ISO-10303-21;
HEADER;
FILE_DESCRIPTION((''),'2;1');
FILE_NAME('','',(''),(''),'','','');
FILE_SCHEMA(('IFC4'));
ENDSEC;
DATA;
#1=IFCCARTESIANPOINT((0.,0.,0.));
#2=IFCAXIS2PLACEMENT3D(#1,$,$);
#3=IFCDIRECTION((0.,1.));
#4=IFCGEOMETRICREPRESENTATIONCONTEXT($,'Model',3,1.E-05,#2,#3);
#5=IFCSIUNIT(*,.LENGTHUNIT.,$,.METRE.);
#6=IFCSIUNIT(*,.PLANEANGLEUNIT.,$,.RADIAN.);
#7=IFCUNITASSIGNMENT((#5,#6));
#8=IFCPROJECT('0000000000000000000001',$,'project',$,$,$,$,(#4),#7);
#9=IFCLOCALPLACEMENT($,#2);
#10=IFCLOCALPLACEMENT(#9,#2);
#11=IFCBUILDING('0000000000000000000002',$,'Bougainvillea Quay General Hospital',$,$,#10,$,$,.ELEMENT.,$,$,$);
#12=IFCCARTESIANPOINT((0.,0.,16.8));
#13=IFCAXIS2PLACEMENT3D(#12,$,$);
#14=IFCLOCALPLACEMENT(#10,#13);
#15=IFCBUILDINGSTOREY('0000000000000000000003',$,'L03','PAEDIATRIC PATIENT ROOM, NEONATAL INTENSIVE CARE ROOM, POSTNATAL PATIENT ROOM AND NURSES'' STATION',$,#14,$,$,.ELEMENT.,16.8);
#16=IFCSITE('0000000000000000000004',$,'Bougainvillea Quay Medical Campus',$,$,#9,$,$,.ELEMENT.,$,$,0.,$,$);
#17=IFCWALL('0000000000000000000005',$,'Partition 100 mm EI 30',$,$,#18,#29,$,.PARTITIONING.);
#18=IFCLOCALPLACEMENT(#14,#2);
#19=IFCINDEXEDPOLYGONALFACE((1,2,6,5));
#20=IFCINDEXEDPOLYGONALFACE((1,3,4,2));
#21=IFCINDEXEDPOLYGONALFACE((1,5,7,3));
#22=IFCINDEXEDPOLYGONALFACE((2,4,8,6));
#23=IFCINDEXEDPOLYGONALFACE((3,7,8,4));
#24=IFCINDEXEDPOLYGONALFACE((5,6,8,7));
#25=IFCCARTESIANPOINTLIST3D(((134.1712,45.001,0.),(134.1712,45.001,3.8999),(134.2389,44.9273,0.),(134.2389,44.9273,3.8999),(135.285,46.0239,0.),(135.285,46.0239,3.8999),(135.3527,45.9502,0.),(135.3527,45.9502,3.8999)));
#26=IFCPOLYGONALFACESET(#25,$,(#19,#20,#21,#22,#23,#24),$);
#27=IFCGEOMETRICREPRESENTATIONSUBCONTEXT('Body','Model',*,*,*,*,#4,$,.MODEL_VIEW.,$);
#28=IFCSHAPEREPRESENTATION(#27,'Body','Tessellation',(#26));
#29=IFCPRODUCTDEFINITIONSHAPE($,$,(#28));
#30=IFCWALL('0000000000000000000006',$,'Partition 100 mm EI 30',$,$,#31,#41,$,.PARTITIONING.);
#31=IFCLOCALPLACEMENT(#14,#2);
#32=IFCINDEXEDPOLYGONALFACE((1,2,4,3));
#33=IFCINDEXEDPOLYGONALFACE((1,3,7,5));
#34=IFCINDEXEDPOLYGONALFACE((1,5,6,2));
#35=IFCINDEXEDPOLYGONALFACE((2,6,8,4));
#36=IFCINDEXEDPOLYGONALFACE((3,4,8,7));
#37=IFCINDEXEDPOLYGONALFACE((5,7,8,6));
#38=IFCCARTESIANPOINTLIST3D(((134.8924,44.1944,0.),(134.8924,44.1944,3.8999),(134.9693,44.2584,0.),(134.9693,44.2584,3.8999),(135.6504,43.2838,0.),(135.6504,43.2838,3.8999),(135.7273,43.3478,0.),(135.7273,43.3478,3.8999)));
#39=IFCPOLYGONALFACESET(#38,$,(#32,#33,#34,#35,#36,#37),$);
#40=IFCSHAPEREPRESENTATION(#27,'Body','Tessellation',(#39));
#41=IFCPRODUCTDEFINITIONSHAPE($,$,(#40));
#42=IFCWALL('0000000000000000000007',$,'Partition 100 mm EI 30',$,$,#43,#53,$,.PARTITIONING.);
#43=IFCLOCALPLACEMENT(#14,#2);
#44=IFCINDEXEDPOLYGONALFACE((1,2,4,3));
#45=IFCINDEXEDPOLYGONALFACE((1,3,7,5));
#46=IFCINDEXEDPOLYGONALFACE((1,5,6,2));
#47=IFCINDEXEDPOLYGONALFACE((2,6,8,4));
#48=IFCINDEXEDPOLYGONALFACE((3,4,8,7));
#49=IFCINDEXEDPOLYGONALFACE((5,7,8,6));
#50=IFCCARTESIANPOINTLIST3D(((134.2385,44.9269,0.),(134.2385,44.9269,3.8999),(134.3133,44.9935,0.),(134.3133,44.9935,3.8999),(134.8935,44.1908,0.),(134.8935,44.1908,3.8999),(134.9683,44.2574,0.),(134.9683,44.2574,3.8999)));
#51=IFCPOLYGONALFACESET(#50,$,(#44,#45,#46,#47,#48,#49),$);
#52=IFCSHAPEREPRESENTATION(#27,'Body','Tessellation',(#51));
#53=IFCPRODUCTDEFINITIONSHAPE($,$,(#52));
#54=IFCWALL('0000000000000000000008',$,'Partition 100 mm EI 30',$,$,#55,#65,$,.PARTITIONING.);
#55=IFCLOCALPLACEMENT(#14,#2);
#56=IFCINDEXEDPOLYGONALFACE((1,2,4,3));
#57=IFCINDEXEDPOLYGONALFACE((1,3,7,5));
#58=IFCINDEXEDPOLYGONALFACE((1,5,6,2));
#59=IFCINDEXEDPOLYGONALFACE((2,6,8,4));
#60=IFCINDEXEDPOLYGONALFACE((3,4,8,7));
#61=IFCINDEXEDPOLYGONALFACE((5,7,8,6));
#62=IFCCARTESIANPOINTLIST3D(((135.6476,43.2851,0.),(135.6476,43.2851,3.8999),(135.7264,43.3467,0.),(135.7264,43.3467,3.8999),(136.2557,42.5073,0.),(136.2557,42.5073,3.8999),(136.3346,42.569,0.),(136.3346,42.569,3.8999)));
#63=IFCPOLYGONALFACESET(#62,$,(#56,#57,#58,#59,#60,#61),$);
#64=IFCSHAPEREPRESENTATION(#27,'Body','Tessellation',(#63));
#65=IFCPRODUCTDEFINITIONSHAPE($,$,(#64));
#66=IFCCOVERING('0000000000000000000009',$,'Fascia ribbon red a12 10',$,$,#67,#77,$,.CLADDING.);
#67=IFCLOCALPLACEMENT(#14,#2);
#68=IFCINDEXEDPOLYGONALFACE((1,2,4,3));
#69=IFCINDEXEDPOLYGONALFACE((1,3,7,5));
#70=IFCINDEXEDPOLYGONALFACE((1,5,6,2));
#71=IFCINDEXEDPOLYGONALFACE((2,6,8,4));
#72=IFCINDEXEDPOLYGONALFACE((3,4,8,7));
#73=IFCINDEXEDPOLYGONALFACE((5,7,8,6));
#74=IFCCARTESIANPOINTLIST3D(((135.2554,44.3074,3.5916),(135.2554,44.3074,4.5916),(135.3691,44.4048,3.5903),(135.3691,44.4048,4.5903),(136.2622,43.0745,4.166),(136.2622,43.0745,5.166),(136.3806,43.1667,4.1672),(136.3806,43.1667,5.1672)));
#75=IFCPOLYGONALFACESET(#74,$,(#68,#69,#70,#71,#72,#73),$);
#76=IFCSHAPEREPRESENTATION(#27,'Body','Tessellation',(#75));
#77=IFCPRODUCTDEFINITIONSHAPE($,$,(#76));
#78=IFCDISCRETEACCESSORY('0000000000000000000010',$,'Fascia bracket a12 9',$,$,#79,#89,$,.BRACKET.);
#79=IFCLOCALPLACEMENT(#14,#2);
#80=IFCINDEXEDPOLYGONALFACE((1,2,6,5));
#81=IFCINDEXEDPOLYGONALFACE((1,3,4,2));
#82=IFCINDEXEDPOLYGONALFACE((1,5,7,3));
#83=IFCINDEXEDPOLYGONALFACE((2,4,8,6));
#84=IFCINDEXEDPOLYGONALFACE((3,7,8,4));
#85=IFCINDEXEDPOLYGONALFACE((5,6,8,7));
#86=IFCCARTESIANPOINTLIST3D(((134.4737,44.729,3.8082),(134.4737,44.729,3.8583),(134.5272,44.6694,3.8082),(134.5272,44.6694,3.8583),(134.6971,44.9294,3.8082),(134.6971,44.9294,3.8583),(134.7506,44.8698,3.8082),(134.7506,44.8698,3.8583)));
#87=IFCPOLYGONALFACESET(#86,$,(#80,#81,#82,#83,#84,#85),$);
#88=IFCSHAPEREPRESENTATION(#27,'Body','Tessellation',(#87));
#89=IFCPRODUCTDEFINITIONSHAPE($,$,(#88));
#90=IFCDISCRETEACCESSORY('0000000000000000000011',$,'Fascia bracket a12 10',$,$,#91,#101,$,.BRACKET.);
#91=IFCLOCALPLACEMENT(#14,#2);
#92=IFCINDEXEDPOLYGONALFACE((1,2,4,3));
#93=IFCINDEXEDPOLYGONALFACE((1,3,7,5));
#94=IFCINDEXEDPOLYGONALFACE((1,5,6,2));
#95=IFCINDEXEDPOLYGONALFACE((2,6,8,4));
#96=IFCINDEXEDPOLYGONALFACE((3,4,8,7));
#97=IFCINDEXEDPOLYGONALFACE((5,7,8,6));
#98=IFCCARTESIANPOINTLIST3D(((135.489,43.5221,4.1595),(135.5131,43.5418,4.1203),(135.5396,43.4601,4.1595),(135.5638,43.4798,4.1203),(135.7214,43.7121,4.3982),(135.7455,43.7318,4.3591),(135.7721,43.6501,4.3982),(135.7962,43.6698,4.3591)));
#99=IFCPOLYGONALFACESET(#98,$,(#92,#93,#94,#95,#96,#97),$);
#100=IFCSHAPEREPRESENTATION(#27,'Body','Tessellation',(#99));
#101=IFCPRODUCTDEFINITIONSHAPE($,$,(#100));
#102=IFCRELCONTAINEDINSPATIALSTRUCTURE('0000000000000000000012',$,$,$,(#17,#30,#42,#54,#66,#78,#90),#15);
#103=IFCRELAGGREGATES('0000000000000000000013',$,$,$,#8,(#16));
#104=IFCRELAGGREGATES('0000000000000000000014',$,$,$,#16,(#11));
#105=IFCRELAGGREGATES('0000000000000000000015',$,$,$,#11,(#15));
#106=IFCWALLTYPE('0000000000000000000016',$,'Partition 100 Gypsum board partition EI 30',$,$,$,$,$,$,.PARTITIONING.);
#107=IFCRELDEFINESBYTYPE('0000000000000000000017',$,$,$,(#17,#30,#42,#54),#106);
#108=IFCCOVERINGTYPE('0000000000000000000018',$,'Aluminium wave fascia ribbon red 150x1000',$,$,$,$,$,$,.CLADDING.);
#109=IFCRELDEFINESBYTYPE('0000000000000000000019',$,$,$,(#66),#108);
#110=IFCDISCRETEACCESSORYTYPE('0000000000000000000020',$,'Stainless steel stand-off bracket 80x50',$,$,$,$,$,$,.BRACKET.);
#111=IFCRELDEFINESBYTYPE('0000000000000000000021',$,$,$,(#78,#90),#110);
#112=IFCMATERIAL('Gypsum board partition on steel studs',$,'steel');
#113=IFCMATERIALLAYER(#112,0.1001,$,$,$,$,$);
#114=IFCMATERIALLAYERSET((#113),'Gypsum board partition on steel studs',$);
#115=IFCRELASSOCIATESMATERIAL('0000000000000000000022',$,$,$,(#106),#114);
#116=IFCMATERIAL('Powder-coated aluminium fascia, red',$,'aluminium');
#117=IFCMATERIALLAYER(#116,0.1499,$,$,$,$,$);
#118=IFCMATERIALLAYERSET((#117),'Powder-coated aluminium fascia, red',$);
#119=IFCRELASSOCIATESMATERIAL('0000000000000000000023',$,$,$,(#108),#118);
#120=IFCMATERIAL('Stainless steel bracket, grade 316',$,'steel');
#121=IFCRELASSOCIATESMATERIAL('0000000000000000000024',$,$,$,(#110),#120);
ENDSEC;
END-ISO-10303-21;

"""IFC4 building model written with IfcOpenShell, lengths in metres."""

from ifc_helpers import new_model, si_unit, direction, frame, frame_2d, origin, origin_2d, place, context, subcontext, project, spatial, polyline, rectangle, outline, extrude, material, layer, layer_set, material_profile, profile_set, type_object, element, save


model = new_model("IFC4")

# Units and contexts
model_context = context("Model", 3, precision=1e-05, world=origin(), true_north=direction((0.0, 1.0)))
body_context = subcontext(model_context, "Body", "Model", "MODEL_VIEW")
ifc_project = project(units=[si_unit("LENGTHUNIT", "METRE"), si_unit("PLANEANGLEUNIT", "RADIAN")], contexts=[model_context])

# Site, building, storey
site_placement = place(None, origin())
site = spatial("IfcSite", under=ifc_project, at=site_placement, Name="Bougainvillea Quay Medical Campus", CompositionType="ELEMENT", RefElevation=0.0)
building_placement = place(site_placement, origin())
building = spatial("IfcBuilding", under=site, at=building_placement, Name="Bougainvillea Quay General Hospital", CompositionType="ELEMENT")
storey_placement = place(building_placement, frame((0.0, 0.0, 16.8)))
storey = spatial("IfcBuildingStorey", under=building, at=storey_placement, Name="L03", Description="PAEDIATRIC PATIENT ROOM, NEONATAL INTENSIVE CARE ROOM, POSTNATAL PATIENT ROOM AND NURSES' STATION", CompositionType="ELEMENT", Elevation=16.8)

# Walls
ifc_material_1 = material(Name="Gypsum board partition on steel studs", Category="steel")
ifc_layer_1 = layer(ifc_material_1, 0.1001)
ifc_layer_set_1 = layer_set([ifc_layer_1], Name="Gypsum board partition on steel studs")
wall_type = type_object("IfcWallType", Name="Partition 100 Gypsum board partition EI 30", PredefinedType="PARTITIONING", material=ifc_layer_set_1)
wall_1_placement = place(storey_placement, frame((134.2051, 44.9641, 0.0), z_axis=(0.0, 0.0, 1.0), x_axis=(0.736497, 0.676441, 0.0)))
element("IfcWall", 1, at=wall_1_placement, inside=storey, type_object=wall_type, Name="Partition 100 mm EI 30", PredefinedType="PARTITIONING", context=body_context, shape_type="SweptSolid", body=[
    extrude(rectangle(XDim=1.5122, YDim=0.1001, at=frame_2d((0.7561, 0.0))), origin(), (0.0, 0.0, 1.0), 3.8999),
])
wall_2_placement = place(storey_placement, frame((134.9309, 44.2263, 0.0), z_axis=(0.0, 0.0, 1.0), x_axis=(0.639779, -0.768559, 0.0)))
element("IfcWall", 2, at=wall_2_placement, inside=storey, type_object=wall_type, Name="Partition 100 mm EI 30", PredefinedType="PARTITIONING", context=body_context, shape_type="SweptSolid", body=[
    extrude(rectangle(XDim=1.1848, YDim=0.1001, at=frame_2d((0.5923, 0.0))), origin(), (0.0, 0.0, 1.0), 3.8999),
])
wall_3_placement = place(storey_placement, frame((134.2759, 44.9602, 0.0), z_axis=(0.0, 0.0, 1.0), x_axis=(0.664779, -0.74704, 0.0)))
element("IfcWall", 3, at=wall_3_placement, inside=storey, type_object=wall_type, Name="Partition 100 mm EI 30", PredefinedType="PARTITIONING", context=body_context, shape_type="SweptSolid", body=[
    extrude(rectangle(XDim=0.9854, YDim=0.1001, at=frame_2d((0.4927, 0.0))), origin(), (0.0, 0.0, 1.0), 3.8999),
])
wall_4_placement = place(storey_placement, frame((135.687, 43.3159, 0.0), z_axis=(0.0, 0.0, 1.0), x_axis=(0.615941, -0.787792, 0.0)))
element("IfcWall", 4, at=wall_4_placement, inside=storey, type_object=wall_type, Name="Partition 100 mm EI 30", PredefinedType="PARTITIONING", context=body_context, shape_type="SweptSolid", body=[
    extrude(rectangle(XDim=0.9873, YDim=0.1001, at=frame_2d((0.4937, 0.0))), origin(), (0.0, 0.0, 1.0), 3.8999),
])

# Covering
ifc_material_2 = material(Name="Powder-coated aluminium fascia, red", Category="aluminium")
ifc_layer_2 = layer(ifc_material_2, 0.1499)
ifc_layer_set_2 = layer_set([ifc_layer_2], Name="Powder-coated aluminium fascia, red")
covering_type = type_object("IfcCoveringType", Name="Aluminium wave fascia ribbon red 150x1000", PredefinedType="CLADDING", material=ifc_layer_set_2)
covering_placement = place(storey_placement, frame((135.2554, 44.3074, 3.5916), z_axis=(-0.214771, 0.262867, 0.940625), x_axis=(0.594963, -0.728556, 0.339449)))
element("IfcCovering", 5, at=covering_placement, inside=storey, type_object=covering_type, Name="Fascia ribbon red a12 10", PredefinedType="CLADDING", context=body_context, shape_type="SweptSolid", body=[
    extrude(outline(polyline([(0.0, 0.0), (1.6923, 0.0), (1.6959, 0.1501), (-0.0037, 0.1497), (0.0, 0.0)])), origin(), (0.339449, 0.000077, 0.940625), 1.0),
])

# Discrete accessories
ifc_material_3 = material(Name="Stainless steel bracket, grade 316", Category="steel")
ifc_material_profile_1 = material_profile(ifc_material_3, rectangle(XDim=0.0801, YDim=0.05, at=origin_2d()))
ifc_profile_set_1 = profile_set([ifc_material_profile_1], Name="Stainless steel bracket, grade 316")
discrete_accessory_type = type_object("IfcDiscreteAccessoryType", Name="Stainless steel stand-off bracket 80x50", PredefinedType="BRACKET", material=ifc_profile_set_1)
discrete_accessory_1_placement = place(storey_placement, frame((134.5005, 44.6992, 3.8333), z_axis=(0.744304, 0.66784, 0.0), x_axis=(-0.66784, 0.744304, 0.0)))
element("IfcDiscreteAccessory", 6, at=discrete_accessory_1_placement, inside=storey, type_object=discrete_accessory_type, Name="Fascia bracket a12 9", PredefinedType="BRACKET", context=body_context, shape_type="SweptSolid", body=[
    extrude(rectangle(XDim=0.0801, YDim=0.05, at=origin_2d()), origin(), (0.0, 0.0, 1.0), 0.3),
])
discrete_accessory_2_placement = place(storey_placement, frame((135.5264, 43.501, 4.1399), z_axis=(0.60598, 0.495223, 0.62253), x_axis=(-0.632795, 0.77432, 0.0)))
element("IfcDiscreteAccessory", 7, at=discrete_accessory_2_placement, inside=storey, type_object=discrete_accessory_type, Name="Fascia bracket a12 10", PredefinedType="BRACKET", context=body_context, shape_type="SweptSolid", body=[
    extrude(rectangle(XDim=0.0801, YDim=0.05, at=origin_2d()), origin(), (0.0, 0.0, 1.0), 0.3835),
])

save(model, "model.ifc")
